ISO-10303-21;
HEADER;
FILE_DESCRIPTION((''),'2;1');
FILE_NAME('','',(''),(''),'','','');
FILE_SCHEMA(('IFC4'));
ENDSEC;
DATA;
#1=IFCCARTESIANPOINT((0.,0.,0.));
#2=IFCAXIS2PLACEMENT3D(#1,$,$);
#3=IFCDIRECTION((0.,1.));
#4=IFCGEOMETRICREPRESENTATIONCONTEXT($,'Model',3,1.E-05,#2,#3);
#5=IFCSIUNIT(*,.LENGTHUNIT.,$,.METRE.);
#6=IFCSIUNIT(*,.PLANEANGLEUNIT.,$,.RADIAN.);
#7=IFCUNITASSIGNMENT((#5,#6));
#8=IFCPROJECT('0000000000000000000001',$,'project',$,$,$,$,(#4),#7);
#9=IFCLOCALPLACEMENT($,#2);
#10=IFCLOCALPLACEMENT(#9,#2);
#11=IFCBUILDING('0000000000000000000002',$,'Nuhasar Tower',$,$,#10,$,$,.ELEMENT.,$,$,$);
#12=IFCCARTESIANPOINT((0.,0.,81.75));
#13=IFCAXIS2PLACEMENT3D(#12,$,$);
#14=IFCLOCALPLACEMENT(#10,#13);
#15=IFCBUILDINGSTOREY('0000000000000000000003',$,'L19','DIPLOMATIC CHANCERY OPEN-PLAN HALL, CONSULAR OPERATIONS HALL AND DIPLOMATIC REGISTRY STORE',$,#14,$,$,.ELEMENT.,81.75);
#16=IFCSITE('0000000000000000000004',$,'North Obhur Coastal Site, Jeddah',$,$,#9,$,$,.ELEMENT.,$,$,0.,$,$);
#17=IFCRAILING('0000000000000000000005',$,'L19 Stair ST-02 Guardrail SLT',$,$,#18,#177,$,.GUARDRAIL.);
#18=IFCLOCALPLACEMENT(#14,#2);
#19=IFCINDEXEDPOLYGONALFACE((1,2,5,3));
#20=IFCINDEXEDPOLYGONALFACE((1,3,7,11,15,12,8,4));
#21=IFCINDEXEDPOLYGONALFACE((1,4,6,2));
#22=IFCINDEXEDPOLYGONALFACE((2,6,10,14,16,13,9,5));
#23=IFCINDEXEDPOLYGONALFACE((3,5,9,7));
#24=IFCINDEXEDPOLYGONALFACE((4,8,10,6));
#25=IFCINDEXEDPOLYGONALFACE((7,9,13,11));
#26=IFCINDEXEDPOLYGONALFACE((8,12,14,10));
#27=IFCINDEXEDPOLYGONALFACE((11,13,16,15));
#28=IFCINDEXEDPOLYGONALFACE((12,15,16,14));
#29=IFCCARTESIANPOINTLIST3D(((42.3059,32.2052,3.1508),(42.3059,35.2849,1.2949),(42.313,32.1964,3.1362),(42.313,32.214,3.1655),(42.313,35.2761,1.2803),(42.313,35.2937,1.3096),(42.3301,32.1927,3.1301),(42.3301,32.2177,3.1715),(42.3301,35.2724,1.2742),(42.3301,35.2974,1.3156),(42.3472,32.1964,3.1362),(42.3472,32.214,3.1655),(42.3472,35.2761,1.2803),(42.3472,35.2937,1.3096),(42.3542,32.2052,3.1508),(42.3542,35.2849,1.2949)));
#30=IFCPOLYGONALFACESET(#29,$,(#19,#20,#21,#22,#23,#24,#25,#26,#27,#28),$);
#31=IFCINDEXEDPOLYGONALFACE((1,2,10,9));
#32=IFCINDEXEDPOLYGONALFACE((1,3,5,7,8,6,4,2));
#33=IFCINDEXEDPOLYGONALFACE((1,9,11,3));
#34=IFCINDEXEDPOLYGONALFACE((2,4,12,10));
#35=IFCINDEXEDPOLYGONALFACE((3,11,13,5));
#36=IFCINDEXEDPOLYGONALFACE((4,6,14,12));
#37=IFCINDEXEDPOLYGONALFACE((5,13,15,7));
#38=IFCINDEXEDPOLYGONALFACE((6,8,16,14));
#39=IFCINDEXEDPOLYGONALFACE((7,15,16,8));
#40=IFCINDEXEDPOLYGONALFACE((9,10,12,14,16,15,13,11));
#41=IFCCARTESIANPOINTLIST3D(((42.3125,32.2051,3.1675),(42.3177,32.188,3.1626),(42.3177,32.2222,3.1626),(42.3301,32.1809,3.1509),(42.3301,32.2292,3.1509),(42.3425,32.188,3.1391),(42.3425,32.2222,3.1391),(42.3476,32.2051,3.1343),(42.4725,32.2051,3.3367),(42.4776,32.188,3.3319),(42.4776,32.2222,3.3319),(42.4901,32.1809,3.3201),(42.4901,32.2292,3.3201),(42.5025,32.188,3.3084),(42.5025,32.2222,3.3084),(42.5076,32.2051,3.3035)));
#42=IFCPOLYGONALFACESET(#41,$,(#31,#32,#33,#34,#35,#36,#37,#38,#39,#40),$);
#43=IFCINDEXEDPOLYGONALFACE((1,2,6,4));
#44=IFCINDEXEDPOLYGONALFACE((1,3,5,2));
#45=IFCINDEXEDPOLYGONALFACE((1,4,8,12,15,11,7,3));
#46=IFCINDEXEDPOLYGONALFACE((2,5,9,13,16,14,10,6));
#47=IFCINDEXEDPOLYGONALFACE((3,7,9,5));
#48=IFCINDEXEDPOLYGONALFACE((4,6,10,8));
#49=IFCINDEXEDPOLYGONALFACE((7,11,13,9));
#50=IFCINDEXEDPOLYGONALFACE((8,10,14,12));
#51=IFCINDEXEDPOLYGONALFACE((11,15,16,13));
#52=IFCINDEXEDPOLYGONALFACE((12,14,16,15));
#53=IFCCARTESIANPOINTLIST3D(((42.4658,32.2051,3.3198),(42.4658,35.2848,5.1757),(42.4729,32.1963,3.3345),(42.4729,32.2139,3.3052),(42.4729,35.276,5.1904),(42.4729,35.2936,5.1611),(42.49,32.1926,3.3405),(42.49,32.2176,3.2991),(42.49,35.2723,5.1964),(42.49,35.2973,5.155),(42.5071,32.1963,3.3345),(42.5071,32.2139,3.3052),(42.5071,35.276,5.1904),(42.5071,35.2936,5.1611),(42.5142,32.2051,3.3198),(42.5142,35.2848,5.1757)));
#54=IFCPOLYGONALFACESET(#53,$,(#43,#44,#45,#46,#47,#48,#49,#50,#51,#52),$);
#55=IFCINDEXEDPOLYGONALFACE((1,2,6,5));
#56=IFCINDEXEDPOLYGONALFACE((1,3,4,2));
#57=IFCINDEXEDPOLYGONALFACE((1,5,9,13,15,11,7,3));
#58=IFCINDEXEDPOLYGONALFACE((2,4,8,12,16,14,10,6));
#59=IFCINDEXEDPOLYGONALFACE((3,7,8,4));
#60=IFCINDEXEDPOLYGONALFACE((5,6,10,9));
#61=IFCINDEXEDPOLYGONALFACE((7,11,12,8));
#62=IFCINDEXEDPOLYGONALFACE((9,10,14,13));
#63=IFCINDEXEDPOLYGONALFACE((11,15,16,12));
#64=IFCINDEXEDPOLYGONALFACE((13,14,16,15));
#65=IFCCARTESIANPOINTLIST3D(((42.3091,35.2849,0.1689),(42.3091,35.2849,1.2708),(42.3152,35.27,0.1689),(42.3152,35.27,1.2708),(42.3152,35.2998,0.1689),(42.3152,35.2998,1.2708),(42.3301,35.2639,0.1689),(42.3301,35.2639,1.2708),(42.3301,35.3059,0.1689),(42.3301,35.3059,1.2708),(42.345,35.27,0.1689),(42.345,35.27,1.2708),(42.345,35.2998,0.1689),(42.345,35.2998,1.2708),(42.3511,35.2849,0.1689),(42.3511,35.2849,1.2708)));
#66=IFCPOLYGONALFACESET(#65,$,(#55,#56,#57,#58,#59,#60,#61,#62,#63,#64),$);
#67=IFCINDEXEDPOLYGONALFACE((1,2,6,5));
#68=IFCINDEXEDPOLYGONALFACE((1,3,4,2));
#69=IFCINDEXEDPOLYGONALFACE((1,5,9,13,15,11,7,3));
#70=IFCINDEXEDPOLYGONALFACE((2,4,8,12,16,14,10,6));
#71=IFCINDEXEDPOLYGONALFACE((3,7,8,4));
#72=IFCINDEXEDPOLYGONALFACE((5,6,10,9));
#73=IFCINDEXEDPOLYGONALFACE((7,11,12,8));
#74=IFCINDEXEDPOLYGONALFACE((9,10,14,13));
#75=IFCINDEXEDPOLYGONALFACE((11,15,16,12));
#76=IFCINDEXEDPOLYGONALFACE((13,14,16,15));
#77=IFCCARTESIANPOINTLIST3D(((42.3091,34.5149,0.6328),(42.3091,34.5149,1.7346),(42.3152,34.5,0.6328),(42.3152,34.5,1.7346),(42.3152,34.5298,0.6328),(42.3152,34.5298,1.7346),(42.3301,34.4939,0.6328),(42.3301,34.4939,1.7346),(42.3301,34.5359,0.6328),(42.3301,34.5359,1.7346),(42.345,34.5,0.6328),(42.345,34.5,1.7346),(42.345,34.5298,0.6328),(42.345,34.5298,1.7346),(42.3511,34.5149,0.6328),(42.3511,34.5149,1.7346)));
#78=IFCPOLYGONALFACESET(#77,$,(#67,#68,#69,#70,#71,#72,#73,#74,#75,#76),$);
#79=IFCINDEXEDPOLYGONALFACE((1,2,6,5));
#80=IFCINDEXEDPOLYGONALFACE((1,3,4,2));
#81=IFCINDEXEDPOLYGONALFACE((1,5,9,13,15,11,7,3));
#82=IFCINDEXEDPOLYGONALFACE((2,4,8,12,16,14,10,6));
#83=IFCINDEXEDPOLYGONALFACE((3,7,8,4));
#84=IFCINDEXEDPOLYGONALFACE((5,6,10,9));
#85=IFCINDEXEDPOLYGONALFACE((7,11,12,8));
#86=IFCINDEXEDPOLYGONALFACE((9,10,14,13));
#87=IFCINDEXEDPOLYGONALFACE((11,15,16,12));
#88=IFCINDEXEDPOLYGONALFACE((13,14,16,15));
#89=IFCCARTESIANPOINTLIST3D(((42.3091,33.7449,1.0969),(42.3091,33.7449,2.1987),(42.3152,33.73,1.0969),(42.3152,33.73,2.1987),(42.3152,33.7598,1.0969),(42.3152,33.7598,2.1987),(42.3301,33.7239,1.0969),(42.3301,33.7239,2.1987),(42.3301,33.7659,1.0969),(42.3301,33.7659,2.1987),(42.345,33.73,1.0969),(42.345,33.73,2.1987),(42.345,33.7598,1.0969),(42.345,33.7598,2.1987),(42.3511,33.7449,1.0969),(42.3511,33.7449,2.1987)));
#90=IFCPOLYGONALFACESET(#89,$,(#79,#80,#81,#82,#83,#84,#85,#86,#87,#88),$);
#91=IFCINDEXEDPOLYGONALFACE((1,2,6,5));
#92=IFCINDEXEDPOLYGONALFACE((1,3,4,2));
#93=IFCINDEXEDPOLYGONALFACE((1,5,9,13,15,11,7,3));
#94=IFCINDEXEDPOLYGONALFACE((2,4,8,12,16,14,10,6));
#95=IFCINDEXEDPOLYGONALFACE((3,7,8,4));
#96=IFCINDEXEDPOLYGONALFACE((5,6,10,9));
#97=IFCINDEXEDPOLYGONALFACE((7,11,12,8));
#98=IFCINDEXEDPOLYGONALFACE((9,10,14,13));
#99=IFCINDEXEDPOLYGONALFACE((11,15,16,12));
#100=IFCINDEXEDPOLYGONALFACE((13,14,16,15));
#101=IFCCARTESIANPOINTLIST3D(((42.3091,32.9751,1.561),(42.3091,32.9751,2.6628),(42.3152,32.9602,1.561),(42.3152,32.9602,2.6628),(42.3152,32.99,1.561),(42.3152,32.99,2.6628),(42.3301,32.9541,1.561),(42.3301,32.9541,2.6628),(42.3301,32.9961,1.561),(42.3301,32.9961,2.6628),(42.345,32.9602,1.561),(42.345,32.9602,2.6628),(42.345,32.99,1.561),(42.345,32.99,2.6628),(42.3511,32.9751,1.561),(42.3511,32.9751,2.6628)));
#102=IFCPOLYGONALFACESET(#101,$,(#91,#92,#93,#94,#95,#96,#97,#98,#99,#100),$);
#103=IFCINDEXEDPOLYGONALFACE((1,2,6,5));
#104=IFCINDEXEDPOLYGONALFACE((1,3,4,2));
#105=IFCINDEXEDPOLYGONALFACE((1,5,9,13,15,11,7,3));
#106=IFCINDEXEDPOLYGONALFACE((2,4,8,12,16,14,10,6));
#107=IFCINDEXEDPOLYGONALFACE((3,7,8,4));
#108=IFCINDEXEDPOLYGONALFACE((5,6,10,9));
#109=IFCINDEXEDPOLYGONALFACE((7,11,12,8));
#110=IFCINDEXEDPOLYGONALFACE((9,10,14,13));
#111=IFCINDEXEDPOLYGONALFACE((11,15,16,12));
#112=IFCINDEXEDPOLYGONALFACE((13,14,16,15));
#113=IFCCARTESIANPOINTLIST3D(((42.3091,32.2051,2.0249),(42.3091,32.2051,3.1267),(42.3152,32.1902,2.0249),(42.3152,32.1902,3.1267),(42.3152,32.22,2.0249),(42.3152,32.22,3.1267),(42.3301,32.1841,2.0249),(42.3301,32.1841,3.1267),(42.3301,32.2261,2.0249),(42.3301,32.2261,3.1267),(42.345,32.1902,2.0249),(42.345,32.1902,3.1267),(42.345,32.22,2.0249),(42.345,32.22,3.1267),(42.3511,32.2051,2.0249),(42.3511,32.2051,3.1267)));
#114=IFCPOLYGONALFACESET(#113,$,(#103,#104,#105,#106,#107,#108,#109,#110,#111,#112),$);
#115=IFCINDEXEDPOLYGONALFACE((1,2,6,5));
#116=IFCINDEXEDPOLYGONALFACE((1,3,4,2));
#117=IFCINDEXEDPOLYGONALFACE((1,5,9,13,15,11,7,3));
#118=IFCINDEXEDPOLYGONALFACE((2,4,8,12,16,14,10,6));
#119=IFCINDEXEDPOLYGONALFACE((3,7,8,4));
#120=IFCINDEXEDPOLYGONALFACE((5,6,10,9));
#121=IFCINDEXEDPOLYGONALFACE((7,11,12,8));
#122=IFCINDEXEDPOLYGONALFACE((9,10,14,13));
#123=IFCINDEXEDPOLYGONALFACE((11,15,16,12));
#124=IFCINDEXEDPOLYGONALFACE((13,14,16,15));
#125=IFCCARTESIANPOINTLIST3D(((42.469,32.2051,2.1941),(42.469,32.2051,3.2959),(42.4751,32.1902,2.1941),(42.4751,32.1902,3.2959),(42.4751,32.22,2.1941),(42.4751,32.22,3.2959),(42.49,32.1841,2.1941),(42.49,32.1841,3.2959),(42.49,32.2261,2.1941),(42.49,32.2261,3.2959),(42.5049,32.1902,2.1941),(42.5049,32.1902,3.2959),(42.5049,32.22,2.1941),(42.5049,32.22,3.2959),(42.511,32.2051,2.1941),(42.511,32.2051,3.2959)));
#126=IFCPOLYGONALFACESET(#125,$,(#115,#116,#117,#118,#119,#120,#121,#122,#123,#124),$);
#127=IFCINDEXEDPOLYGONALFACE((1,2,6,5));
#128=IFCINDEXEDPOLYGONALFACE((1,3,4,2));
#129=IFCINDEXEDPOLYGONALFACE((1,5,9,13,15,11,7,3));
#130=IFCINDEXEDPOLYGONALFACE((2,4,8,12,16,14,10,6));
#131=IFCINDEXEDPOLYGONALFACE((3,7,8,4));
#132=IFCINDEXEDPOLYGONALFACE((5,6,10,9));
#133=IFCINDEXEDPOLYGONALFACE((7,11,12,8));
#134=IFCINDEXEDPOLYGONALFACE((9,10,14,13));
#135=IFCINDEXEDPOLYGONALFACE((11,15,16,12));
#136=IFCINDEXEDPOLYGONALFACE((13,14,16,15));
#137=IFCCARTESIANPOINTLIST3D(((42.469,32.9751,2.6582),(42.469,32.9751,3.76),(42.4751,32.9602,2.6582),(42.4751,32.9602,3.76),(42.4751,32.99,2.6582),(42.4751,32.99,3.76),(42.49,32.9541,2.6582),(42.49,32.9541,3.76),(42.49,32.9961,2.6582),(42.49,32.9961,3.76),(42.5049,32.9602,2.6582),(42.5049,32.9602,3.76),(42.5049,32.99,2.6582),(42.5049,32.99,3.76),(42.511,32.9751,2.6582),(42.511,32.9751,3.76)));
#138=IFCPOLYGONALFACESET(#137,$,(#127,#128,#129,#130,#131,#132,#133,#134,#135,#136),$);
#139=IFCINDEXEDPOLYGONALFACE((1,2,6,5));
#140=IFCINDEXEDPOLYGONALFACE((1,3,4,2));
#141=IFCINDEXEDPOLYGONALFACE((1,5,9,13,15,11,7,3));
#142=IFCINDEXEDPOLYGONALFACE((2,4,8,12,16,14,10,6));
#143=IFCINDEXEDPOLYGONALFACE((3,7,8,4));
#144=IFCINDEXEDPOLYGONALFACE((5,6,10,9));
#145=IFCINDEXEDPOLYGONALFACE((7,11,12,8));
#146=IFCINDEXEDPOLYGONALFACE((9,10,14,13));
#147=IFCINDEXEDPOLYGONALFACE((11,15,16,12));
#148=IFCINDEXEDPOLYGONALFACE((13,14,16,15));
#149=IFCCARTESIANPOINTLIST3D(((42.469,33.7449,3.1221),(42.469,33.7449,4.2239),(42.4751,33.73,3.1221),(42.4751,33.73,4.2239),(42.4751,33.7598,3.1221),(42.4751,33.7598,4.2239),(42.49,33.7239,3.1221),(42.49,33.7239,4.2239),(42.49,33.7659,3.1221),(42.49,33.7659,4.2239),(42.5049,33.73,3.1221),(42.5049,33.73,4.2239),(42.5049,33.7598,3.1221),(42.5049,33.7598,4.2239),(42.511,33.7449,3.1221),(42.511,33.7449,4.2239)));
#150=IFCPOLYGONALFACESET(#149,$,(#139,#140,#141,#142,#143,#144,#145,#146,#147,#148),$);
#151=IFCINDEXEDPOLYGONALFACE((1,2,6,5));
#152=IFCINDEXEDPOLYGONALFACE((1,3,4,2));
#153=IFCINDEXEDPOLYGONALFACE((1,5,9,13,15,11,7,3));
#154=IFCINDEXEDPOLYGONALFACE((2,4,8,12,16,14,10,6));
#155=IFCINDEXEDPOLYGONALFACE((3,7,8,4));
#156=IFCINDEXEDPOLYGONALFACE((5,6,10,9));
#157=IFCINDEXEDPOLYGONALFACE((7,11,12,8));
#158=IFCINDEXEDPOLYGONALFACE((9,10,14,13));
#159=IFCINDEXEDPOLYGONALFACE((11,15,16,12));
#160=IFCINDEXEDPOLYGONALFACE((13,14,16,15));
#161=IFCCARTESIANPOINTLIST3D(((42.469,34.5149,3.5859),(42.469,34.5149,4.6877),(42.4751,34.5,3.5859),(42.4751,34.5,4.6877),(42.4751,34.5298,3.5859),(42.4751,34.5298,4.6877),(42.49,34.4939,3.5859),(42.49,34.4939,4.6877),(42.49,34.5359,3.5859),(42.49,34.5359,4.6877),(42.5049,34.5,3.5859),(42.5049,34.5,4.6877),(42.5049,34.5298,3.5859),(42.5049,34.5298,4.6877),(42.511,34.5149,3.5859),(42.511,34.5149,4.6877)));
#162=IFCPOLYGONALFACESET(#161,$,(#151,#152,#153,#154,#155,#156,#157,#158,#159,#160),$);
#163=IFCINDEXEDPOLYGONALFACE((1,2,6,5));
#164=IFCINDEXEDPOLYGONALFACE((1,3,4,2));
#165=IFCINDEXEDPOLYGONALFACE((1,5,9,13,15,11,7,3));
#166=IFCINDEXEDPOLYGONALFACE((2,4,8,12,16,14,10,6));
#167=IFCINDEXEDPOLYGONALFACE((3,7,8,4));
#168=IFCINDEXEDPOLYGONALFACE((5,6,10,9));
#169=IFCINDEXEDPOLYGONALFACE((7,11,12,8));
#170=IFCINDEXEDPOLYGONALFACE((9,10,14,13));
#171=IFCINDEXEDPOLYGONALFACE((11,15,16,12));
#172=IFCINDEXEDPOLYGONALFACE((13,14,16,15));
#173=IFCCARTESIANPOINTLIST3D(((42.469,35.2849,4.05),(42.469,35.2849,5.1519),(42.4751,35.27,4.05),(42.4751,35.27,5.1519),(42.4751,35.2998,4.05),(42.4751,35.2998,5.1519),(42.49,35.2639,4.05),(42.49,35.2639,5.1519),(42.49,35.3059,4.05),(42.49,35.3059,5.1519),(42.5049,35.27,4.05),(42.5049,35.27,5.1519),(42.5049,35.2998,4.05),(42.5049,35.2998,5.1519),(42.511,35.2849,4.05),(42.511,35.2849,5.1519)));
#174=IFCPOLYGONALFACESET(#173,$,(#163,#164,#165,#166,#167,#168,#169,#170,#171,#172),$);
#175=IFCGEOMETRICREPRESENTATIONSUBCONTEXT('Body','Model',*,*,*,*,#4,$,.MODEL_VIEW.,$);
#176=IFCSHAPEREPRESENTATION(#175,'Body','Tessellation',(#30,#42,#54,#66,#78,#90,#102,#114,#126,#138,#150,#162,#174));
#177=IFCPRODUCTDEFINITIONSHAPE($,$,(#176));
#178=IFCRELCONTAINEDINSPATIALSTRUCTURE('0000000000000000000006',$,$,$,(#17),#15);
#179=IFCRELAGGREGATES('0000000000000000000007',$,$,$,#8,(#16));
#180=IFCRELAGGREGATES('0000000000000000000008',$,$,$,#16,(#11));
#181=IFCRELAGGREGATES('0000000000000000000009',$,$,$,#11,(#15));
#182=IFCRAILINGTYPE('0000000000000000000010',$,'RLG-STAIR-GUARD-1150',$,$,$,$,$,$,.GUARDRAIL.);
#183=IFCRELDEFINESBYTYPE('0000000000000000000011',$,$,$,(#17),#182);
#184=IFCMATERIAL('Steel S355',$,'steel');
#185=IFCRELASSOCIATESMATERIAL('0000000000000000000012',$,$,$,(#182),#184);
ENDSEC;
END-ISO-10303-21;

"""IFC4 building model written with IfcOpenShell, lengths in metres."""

from ifc_helpers import new_model, si_unit, direction, frame, origin, place, context, subcontext, project, spatial, polyline, outline, extrude, material, type_object, element, save


model = new_model("IFC4")

# Units and contexts
model_context = context("Model", 3, precision=1e-05, world=origin(), true_north=direction((0.0, 1.0)))
body_context = subcontext(model_context, "Body", "Model", "MODEL_VIEW")
ifc_project = project(units=[si_unit("LENGTHUNIT", "METRE"), si_unit("PLANEANGLEUNIT", "RADIAN")], contexts=[model_context])

# Site, building, storey
site_placement = place(None, origin())
site = spatial("IfcSite", under=ifc_project, at=site_placement, Name="North Obhur Coastal Site, Jeddah", CompositionType="ELEMENT", RefElevation=0.0)
building_placement = place(site_placement, origin())
building = spatial("IfcBuilding", under=site, at=building_placement, Name="Nuhasar Tower", CompositionType="ELEMENT")
storey_placement = place(building_placement, frame((0.0, 0.0, 81.75)))
storey = spatial("IfcBuildingStorey", under=building, at=storey_placement, Name="L19", Description="DIPLOMATIC CHANCERY OPEN-PLAN HALL, CONSULAR OPERATIONS HALL AND DIPLOMATIC REGISTRY STORE", CompositionType="ELEMENT", Elevation=81.75)

# Shared definitions
ifc_material_1 = material(Name="Steel S355", Category="steel")

# Railing
railing_type_1 = type_object("IfcRailingType", Name="RLG-STAIR-GUARD-1150", PredefinedType="GUARDRAIL", material=ifc_material_1)
railing_1_placement = place(storey_placement, frame((42.3301, 35.2849, 0.1689)))
element("IfcRailing", 1, at=railing_1_placement, inside=storey, type_object=railing_type_1, Name="L19 Stair ST-02 Guardrail SLT", PredefinedType="GUARDRAIL", context=body_context, shape_type="SweptSolid", body=[
    extrude(outline(polyline([(0.0242, 0.0), (0.0171, 0.0171), (0.0, 0.0242), (-0.0171, 0.0171), (-0.0242, 0.0), (-0.0171, -0.0171), (0.0, -0.0242), (0.0171, -0.0171), (0.0242, 0.0)])), frame((0.0, 0.0, 1.126), z_axis=(0.0, -0.856503, 0.516142), x_axis=(1.0, 0.0, 0.0)), (0.0, 0.0, 1.0), 3.5957),
    extrude(outline(polyline([(0.0242, 0.0), (0.0171, 0.0171), (0.0, 0.0242), (-0.0171, 0.0171), (-0.0242, 0.0), (-0.0171, -0.0171), (0.0, -0.0242), (0.0171, -0.0171), (0.0242, 0.0)])), frame((0.0, -3.0798, 2.9819), z_axis=(0.686901, 0.0, 0.726751), x_axis=(0.0, 1.0, 0.0)), (0.0, 0.0, 1.0), 0.2329),
    extrude(outline(polyline([(0.0242, 0.0), (0.0171, 0.0171), (0.0, 0.0242), (-0.0171, 0.0171), (-0.0242, 0.0), (-0.0171, -0.0171), (0.0, -0.0242), (0.0171, -0.0171), (0.0242, 0.0)])), frame((0.1599, -3.0798, 3.1509), z_axis=(0.0, 0.856503, 0.516142), x_axis=(-1.0, 0.0, 0.0)), (0.0, 0.0, 1.0), 3.5957),
    extrude(outline(polyline([(0.021, 0.0), (0.0149, 0.0149), (0.0, 0.021), (-0.0149, 0.0149), (-0.021, 0.0), (-0.0149, -0.0149), (0.0, -0.021), (0.0149, -0.0149), (0.021, 0.0)])), origin(), (0.0, 0.0, 1.0), 1.1018),
    extrude(outline(polyline([(0.021, 0.0), (0.0149, 0.0149), (0.0, 0.021), (-0.0149, 0.0149), (-0.021, 0.0), (-0.0149, -0.0149), (0.0, -0.021), (0.0149, -0.0149), (0.021, 0.0)])), frame((0.0, -0.77, 0.4639)), (0.0, 0.0, 1.0), 1.1018),
    extrude(outline(polyline([(0.021, 0.0), (0.0149, 0.0149), (0.0, 0.021), (-0.0149, 0.0149), (-0.021, 0.0), (-0.0149, -0.0149), (0.0, -0.021), (0.0149, -0.0149), (0.021, 0.0)])), frame((0.0, -1.54, 0.928)), (0.0, 0.0, 1.0), 1.1018),
    extrude(outline(polyline([(0.021, 0.0), (0.0149, 0.0149), (0.0, 0.021), (-0.0149, 0.0149), (-0.021, 0.0), (-0.0149, -0.0149), (0.0, -0.021), (0.0149, -0.0149), (0.021, 0.0)])), frame((0.0, -2.3098, 1.3921)), (0.0, 0.0, 1.0), 1.1018),
    extrude(outline(polyline([(0.021, 0.0), (0.0149, 0.0149), (0.0, 0.021), (-0.0149, 0.0149), (-0.021, 0.0), (-0.0149, -0.0149), (0.0, -0.021), (0.0149, -0.0149), (0.021, 0.0)])), frame((0.0, -3.0798, 1.856)), (0.0, 0.0, 1.0), 1.1018),
    extrude(outline(polyline([(0.021, 0.0), (0.0149, 0.0149), (0.0, 0.021), (-0.0149, 0.0149), (-0.021, 0.0), (-0.0149, -0.0149), (0.0, -0.021), (0.0149, -0.0149), (0.021, 0.0)])), frame((0.1599, -3.0798, 2.0251)), (0.0, 0.0, 1.0), 1.1018),
    extrude(outline(polyline([(0.021, 0.0), (0.0149, 0.0149), (0.0, 0.021), (-0.0149, 0.0149), (-0.021, 0.0), (-0.0149, -0.0149), (0.0, -0.021), (0.0149, -0.0149), (0.021, 0.0)])), frame((0.1599, -2.3098, 2.4893)), (0.0, 0.0, 1.0), 1.1018),
    extrude(outline(polyline([(0.021, 0.0), (0.0149, 0.0149), (0.0, 0.021), (-0.0149, 0.0149), (-0.021, 0.0), (-0.0149, -0.0149), (0.0, -0.021), (0.0149, -0.0149), (0.021, 0.0)])), frame((0.1599, -1.54, 2.9531)), (0.0, 0.0, 1.0), 1.1018),
    extrude(outline(polyline([(0.021, 0.0), (0.0149, 0.0149), (0.0, 0.021), (-0.0149, 0.0149), (-0.021, 0.0), (-0.0149, -0.0149), (0.0, -0.021), (0.0149, -0.0149), (0.021, 0.0)])), frame((0.1599, -0.77, 3.417)), (0.0, 0.0, 1.0), 1.1018),
    extrude(outline(polyline([(0.021, 0.0), (0.0149, 0.0149), (0.0, 0.021), (-0.0149, 0.0149), (-0.021, 0.0), (-0.0149, -0.0149), (0.0, -0.021), (0.0149, -0.0149), (0.021, 0.0)])), frame((0.1599, 0.0, 3.8811)), (0.0, 0.0, 1.0), 1.1018),
])

save(model, "model.ifc")
